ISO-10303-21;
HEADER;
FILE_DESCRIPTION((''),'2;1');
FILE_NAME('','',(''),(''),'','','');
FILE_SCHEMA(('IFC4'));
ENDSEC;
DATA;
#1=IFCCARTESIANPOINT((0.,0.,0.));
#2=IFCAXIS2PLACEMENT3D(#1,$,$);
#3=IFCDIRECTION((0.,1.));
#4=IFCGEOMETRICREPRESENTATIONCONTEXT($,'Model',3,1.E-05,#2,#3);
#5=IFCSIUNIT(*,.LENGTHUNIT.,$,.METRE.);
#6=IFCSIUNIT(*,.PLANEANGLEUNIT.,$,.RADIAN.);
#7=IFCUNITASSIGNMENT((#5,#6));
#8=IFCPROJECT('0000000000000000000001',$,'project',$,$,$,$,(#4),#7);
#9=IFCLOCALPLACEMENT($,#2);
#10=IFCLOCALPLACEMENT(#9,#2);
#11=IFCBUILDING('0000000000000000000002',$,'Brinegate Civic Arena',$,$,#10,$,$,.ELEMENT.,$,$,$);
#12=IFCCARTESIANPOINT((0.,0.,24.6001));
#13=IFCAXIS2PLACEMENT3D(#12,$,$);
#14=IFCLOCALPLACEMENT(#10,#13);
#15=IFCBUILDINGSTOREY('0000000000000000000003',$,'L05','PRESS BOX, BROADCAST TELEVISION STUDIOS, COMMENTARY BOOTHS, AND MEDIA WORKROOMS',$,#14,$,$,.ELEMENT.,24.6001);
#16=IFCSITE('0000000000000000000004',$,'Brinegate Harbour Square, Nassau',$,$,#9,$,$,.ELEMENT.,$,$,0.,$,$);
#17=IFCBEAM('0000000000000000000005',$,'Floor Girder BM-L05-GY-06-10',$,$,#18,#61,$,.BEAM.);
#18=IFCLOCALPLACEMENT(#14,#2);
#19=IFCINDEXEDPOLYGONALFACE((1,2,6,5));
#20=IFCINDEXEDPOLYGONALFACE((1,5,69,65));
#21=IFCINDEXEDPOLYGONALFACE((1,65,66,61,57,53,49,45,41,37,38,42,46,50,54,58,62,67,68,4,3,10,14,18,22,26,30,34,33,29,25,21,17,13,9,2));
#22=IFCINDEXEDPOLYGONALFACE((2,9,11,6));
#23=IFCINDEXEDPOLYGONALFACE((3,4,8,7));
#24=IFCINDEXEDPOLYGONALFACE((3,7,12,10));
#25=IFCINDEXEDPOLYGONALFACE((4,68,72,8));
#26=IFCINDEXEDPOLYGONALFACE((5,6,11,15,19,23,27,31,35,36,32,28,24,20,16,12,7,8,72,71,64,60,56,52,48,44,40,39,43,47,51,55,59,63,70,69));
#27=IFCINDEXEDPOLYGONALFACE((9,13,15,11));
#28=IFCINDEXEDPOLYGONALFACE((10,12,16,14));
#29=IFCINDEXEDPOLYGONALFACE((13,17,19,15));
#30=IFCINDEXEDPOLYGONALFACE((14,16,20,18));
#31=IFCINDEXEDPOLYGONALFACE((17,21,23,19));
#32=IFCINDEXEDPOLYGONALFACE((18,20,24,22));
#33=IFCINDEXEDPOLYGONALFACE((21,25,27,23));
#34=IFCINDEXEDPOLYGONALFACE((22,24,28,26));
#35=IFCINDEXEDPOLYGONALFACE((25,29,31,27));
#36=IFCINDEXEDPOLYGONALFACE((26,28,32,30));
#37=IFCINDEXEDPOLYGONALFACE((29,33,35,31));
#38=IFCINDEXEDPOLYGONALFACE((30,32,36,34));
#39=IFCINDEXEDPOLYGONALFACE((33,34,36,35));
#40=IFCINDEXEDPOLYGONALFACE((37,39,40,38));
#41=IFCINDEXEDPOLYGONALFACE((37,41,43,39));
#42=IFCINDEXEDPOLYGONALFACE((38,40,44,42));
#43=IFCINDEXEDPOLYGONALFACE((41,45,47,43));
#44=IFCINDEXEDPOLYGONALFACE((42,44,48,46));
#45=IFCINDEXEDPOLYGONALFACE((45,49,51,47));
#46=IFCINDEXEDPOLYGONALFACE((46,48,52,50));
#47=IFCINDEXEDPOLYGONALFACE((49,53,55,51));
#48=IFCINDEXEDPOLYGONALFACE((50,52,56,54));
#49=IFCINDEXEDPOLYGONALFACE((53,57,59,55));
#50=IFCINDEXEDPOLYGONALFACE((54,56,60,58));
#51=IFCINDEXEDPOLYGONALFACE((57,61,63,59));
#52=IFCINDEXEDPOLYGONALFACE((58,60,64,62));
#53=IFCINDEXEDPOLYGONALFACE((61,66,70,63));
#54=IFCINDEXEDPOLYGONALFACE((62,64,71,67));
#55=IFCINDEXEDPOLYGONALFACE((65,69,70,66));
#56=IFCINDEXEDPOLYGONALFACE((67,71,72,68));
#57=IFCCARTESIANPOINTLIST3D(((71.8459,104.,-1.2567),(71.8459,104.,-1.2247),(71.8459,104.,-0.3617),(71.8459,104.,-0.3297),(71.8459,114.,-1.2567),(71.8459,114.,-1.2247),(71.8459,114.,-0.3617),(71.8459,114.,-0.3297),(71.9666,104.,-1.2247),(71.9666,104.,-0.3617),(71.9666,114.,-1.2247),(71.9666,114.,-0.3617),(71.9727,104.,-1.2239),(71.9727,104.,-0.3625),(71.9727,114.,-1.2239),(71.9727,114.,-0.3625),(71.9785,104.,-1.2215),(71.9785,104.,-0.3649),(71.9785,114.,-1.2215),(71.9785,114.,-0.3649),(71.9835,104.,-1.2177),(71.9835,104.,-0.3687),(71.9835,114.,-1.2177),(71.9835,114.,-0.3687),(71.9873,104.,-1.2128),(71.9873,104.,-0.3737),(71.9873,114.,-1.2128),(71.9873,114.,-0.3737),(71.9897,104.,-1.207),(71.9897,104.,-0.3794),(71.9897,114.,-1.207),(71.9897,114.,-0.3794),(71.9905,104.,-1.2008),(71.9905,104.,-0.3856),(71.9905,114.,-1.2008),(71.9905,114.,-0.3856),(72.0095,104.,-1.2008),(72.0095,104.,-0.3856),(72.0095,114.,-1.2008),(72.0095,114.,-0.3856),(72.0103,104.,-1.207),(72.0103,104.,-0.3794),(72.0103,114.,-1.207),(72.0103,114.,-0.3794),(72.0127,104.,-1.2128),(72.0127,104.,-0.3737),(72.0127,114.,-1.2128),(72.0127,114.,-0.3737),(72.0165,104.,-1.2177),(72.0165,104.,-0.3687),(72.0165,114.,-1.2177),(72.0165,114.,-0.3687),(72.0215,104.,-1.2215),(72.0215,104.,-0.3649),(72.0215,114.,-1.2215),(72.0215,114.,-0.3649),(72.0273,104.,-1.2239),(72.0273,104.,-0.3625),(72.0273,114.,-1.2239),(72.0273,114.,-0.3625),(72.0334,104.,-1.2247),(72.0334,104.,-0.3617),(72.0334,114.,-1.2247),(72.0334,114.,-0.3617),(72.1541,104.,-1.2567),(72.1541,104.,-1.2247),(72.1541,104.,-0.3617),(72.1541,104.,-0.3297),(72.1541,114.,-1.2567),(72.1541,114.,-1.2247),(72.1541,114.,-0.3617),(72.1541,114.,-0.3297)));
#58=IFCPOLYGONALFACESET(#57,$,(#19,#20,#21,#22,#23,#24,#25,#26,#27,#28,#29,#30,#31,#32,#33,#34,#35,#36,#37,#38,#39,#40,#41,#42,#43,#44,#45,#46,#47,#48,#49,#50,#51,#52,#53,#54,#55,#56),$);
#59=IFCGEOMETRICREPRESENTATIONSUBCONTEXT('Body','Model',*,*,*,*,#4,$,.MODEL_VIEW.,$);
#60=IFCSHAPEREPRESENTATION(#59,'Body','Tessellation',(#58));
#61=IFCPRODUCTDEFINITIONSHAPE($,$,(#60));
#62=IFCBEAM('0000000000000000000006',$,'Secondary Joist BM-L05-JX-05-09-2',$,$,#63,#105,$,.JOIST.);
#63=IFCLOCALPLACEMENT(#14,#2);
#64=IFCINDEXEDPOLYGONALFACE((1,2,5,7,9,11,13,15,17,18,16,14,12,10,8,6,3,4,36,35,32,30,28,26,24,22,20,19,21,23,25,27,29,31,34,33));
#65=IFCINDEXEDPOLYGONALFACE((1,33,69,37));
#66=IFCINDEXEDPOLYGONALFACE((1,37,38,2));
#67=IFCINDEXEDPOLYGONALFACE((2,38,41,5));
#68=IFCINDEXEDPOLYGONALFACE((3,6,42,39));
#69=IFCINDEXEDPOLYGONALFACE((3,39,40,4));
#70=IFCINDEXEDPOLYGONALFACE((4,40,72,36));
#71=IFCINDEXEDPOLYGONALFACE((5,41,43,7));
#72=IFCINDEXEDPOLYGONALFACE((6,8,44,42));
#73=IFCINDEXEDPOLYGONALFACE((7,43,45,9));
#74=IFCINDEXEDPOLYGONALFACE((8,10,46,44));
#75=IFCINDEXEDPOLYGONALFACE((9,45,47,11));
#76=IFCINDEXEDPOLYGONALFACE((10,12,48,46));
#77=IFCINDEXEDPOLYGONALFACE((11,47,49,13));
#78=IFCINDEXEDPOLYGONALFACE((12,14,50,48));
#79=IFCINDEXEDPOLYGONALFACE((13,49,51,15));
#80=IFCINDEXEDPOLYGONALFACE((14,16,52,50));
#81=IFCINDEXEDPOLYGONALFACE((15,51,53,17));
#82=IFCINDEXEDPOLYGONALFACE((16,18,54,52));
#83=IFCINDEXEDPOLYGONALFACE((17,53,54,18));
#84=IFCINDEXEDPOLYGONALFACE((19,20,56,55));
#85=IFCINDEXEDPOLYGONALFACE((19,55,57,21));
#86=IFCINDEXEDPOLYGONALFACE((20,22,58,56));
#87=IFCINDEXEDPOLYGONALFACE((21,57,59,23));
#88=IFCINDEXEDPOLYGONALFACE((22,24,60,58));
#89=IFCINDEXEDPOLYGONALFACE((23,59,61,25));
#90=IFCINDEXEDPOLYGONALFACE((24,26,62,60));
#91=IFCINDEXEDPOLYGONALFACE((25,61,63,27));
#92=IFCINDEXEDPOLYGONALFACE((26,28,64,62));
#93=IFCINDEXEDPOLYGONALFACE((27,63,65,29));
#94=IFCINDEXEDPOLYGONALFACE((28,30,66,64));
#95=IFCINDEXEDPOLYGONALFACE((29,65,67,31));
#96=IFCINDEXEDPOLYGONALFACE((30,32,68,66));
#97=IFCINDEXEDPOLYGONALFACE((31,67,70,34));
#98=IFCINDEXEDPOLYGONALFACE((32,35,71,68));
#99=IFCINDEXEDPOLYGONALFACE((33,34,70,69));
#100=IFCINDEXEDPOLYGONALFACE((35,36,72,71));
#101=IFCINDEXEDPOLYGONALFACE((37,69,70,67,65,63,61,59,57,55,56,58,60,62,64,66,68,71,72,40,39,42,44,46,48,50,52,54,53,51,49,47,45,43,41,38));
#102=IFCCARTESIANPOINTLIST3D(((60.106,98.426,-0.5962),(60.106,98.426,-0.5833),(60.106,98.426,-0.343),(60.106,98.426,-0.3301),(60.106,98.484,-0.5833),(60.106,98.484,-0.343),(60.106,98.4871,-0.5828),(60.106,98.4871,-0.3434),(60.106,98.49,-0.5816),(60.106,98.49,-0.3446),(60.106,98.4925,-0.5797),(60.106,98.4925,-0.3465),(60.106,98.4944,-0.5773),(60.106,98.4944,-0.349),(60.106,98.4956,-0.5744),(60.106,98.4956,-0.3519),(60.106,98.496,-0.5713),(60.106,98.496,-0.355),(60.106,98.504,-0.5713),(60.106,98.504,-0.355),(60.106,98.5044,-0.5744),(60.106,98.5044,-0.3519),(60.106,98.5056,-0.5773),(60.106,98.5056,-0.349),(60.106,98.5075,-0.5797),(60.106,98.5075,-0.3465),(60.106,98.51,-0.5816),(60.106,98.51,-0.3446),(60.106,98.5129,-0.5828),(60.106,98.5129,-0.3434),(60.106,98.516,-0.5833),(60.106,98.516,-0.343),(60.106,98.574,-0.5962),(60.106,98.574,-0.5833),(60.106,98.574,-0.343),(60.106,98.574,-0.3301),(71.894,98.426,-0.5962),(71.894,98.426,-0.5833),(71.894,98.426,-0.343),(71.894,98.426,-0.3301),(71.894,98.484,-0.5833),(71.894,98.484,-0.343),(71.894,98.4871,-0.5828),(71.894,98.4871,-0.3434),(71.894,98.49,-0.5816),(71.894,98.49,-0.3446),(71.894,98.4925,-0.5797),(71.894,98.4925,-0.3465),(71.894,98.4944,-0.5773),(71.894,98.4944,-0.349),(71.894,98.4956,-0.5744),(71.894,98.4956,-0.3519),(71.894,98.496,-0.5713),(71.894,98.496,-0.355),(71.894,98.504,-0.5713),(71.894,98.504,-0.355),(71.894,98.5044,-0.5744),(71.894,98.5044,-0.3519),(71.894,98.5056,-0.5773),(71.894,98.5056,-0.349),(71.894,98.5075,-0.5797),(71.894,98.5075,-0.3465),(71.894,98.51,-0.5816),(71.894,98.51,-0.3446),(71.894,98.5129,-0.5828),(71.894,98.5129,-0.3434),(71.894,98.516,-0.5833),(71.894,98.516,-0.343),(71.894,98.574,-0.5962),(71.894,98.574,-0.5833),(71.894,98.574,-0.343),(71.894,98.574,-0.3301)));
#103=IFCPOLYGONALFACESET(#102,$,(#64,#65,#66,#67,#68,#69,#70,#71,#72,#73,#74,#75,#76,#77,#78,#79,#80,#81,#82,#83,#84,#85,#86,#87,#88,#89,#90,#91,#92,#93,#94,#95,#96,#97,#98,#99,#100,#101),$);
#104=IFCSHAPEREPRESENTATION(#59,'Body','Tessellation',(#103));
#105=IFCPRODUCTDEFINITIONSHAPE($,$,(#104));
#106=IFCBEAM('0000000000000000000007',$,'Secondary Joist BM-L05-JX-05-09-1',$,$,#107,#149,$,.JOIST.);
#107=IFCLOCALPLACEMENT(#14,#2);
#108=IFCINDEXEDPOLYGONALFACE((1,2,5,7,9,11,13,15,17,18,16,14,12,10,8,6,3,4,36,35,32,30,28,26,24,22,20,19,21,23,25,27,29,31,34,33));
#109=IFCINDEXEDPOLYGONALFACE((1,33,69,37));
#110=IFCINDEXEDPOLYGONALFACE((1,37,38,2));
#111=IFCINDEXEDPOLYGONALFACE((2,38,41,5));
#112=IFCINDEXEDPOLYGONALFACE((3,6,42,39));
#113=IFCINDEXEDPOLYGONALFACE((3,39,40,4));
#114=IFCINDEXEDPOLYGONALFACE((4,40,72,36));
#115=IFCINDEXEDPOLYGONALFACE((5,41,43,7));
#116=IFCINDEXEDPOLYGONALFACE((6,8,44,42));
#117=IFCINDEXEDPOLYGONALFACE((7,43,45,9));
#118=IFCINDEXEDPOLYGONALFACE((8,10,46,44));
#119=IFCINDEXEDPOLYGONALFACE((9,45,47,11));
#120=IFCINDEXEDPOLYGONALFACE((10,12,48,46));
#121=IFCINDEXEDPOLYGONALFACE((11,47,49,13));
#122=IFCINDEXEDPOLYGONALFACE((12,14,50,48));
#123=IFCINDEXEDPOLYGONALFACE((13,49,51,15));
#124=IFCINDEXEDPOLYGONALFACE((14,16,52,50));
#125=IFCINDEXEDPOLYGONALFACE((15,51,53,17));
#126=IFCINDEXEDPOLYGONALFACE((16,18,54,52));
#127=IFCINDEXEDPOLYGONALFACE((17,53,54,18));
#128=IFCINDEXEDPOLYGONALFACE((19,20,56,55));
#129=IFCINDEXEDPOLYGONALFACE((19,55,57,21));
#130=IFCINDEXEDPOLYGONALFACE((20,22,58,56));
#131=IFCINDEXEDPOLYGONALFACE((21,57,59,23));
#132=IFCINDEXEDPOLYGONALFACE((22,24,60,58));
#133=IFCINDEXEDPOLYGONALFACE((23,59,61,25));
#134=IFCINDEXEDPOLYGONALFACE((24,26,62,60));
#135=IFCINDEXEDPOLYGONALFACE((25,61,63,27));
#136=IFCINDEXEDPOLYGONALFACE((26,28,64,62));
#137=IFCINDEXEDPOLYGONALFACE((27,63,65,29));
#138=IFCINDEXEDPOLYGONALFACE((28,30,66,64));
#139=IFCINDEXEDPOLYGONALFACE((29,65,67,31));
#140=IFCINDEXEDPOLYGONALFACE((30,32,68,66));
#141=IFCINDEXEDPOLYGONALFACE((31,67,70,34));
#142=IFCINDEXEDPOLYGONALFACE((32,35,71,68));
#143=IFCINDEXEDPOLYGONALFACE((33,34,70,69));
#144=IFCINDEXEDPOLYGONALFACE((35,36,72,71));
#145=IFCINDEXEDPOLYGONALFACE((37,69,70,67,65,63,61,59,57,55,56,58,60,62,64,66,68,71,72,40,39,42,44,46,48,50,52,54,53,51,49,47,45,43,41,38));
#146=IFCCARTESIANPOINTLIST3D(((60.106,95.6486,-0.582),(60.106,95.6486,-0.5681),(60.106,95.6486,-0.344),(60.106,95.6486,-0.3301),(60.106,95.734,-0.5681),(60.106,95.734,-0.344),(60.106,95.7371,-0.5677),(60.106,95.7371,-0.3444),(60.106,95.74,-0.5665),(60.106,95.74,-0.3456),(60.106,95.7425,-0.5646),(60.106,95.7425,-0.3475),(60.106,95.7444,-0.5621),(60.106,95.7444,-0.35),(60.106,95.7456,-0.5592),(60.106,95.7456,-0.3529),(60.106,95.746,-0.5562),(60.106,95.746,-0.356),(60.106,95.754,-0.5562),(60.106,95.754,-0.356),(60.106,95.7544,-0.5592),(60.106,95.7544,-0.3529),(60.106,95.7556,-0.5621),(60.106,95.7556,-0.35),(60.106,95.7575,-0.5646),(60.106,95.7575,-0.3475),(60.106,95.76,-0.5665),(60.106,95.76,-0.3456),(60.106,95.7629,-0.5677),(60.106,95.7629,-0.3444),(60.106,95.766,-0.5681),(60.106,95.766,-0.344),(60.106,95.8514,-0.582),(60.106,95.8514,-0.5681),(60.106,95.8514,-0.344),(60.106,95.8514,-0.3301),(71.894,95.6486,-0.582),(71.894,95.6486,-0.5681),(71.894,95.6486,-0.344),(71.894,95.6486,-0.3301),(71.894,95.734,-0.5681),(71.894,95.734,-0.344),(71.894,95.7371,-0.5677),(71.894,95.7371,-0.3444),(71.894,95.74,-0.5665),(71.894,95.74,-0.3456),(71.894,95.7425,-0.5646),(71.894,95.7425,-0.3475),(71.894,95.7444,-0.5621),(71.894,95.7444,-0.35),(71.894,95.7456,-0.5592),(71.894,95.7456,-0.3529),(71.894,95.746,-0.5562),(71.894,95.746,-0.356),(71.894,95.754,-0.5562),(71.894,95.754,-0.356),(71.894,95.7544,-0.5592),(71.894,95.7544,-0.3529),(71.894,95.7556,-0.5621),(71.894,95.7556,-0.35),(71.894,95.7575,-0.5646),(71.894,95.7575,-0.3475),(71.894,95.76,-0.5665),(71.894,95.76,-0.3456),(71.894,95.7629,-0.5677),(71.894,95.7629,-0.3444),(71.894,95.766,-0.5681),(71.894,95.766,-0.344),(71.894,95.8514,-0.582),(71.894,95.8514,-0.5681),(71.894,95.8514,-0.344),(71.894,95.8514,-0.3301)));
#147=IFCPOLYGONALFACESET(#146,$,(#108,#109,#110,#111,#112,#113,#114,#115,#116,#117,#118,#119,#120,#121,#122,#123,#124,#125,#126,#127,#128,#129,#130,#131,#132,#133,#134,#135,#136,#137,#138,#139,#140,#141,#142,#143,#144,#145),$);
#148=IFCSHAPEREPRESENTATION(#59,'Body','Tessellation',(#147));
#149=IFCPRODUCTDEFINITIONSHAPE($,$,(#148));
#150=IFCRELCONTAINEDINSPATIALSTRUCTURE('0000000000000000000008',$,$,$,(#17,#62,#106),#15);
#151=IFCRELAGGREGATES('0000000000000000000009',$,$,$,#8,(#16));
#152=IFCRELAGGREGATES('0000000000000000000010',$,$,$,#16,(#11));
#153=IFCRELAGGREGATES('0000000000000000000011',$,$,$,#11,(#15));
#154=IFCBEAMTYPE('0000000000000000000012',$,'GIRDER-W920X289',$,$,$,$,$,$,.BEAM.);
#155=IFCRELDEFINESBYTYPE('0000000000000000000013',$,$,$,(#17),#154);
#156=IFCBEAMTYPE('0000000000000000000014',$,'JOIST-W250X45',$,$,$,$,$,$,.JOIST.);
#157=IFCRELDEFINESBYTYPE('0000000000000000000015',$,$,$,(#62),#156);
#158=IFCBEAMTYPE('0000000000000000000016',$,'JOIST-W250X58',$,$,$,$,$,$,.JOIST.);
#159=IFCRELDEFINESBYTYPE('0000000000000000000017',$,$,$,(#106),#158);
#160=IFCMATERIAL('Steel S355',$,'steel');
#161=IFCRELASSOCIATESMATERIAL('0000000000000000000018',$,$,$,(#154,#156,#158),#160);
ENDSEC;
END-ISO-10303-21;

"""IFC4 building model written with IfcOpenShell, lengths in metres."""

from ifc_helpers import new_model, si_unit, direction, frame, origin, origin_2d, place, context, subcontext, project, spatial, i_section, extrude, material, material_profile, profile_set, type_object, element, save


model = new_model("IFC4")

# Units and contexts
model_context = context("Model", 3, precision=1e-05, world=origin(), true_north=direction((0.0, 1.0)))
body_context = subcontext(model_context, "Body", "Model", "MODEL_VIEW")
ifc_project = project(units=[si_unit("LENGTHUNIT", "METRE"), si_unit("PLANEANGLEUNIT", "RADIAN")], contexts=[model_context])

# Site, building, storey
site_placement = place(None, origin())
site = spatial("IfcSite", under=ifc_project, at=site_placement, Name="Brinegate Harbour Square, Nassau", CompositionType="ELEMENT", RefElevation=0.0)
building_placement = place(site_placement, origin())
building = spatial("IfcBuilding", under=site, at=building_placement, Name="Brinegate Civic Arena", CompositionType="ELEMENT")
storey_placement = place(building_placement, frame((0.0, 0.0, 24.6001)))
storey = spatial("IfcBuildingStorey", under=building, at=storey_placement, Name="L05", Description="PRESS BOX, BROADCAST TELEVISION STUDIOS, COMMENTARY BOOTHS, AND MEDIA WORKROOMS", CompositionType="ELEMENT", Elevation=24.6001)

# Shared definitions
ifc_material_1 = material(Name="Steel S355", Category="steel")

# Beams
ifc_material_profile_1 = material_profile(ifc_material_1, i_section(OverallWidth=0.3081, OverallDepth=0.927, WebThickness=0.019, FlangeThickness=0.032, FilletRadius=0.0239, at=origin_2d()), Name="W920X289")
ifc_profile_set_1 = profile_set([ifc_material_profile_1], Name="Steel S355")
beam_type_1 = type_object("IfcBeamType", Name="GIRDER-W920X289", PredefinedType="BEAM", material=ifc_profile_set_1)
beam_1_placement = place(storey_placement, frame((72.0, 104.0, -0.7932), z_axis=(0.0, 1.0, 0.0), x_axis=(-1.0, 0.0, 0.0)))
element("IfcBeam", 1, at=beam_1_placement, inside=storey, type_object=beam_type_1, Name="Floor Girder BM-L05-GY-06-10", PredefinedType="BEAM", context=body_context, shape_type="SweptSolid", body=[
    extrude(i_section(OverallWidth=0.3081, OverallDepth=0.927, WebThickness=0.019, FlangeThickness=0.032, FilletRadius=0.0239, at=origin_2d()), origin(), (0.0, 0.0, 1.0), 10.0),
])
ifc_material_profile_2 = material_profile(ifc_material_1, i_section(OverallWidth=0.1479, OverallDepth=0.2661, WebThickness=0.0081, FlangeThickness=0.0129, FilletRadius=0.012, at=origin_2d()), Name="W250X45")
ifc_profile_set_2 = profile_set([ifc_material_profile_2], Name="Steel S355")
beam_type_2 = type_object("IfcBeamType", Name="JOIST-W250X45", PredefinedType="JOIST", material=ifc_profile_set_2)
beam_2_placement = place(storey_placement, frame((60.106, 98.5, -0.4631), z_axis=(1.0, 0.0, 0.0), x_axis=(0.0, 1.0, 0.0)))
element("IfcBeam", 2, at=beam_2_placement, inside=storey, type_object=beam_type_2, Name="Secondary Joist BM-L05-JX-05-09-2", PredefinedType="JOIST", context=body_context, shape_type="SweptSolid", body=[
    extrude(i_section(OverallWidth=0.1479, OverallDepth=0.2661, WebThickness=0.0081, FlangeThickness=0.0129, FilletRadius=0.012, at=origin_2d()), origin(), (0.0, 0.0, 1.0), 11.7881),
])
ifc_material_profile_3 = material_profile(ifc_material_1, i_section(OverallWidth=0.2029, OverallDepth=0.252, WebThickness=0.0081, FlangeThickness=0.0139, FilletRadius=0.012, at=origin_2d()), Name="W250X58")
ifc_profile_set_3 = profile_set([ifc_material_profile_3], Name="Steel S355")
beam_type_3 = type_object("IfcBeamType", Name="JOIST-W250X58", PredefinedType="JOIST", material=ifc_profile_set_3)
beam_3_placement = place(storey_placement, frame((60.106, 95.75, -0.4561), z_axis=(1.0, 0.0, 0.0), x_axis=(0.0, 1.0, 0.0)))
element("IfcBeam", 3, at=beam_3_placement, inside=storey, type_object=beam_type_3, Name="Secondary Joist BM-L05-JX-05-09-1", PredefinedType="JOIST", context=body_context, shape_type="SweptSolid", body=[
    extrude(i_section(OverallWidth=0.2029, OverallDepth=0.252, WebThickness=0.0081, FlangeThickness=0.0139, FilletRadius=0.012, at=origin_2d()), origin(), (0.0, 0.0, 1.0), 11.7881),
])

save(model, "model.ifc")
